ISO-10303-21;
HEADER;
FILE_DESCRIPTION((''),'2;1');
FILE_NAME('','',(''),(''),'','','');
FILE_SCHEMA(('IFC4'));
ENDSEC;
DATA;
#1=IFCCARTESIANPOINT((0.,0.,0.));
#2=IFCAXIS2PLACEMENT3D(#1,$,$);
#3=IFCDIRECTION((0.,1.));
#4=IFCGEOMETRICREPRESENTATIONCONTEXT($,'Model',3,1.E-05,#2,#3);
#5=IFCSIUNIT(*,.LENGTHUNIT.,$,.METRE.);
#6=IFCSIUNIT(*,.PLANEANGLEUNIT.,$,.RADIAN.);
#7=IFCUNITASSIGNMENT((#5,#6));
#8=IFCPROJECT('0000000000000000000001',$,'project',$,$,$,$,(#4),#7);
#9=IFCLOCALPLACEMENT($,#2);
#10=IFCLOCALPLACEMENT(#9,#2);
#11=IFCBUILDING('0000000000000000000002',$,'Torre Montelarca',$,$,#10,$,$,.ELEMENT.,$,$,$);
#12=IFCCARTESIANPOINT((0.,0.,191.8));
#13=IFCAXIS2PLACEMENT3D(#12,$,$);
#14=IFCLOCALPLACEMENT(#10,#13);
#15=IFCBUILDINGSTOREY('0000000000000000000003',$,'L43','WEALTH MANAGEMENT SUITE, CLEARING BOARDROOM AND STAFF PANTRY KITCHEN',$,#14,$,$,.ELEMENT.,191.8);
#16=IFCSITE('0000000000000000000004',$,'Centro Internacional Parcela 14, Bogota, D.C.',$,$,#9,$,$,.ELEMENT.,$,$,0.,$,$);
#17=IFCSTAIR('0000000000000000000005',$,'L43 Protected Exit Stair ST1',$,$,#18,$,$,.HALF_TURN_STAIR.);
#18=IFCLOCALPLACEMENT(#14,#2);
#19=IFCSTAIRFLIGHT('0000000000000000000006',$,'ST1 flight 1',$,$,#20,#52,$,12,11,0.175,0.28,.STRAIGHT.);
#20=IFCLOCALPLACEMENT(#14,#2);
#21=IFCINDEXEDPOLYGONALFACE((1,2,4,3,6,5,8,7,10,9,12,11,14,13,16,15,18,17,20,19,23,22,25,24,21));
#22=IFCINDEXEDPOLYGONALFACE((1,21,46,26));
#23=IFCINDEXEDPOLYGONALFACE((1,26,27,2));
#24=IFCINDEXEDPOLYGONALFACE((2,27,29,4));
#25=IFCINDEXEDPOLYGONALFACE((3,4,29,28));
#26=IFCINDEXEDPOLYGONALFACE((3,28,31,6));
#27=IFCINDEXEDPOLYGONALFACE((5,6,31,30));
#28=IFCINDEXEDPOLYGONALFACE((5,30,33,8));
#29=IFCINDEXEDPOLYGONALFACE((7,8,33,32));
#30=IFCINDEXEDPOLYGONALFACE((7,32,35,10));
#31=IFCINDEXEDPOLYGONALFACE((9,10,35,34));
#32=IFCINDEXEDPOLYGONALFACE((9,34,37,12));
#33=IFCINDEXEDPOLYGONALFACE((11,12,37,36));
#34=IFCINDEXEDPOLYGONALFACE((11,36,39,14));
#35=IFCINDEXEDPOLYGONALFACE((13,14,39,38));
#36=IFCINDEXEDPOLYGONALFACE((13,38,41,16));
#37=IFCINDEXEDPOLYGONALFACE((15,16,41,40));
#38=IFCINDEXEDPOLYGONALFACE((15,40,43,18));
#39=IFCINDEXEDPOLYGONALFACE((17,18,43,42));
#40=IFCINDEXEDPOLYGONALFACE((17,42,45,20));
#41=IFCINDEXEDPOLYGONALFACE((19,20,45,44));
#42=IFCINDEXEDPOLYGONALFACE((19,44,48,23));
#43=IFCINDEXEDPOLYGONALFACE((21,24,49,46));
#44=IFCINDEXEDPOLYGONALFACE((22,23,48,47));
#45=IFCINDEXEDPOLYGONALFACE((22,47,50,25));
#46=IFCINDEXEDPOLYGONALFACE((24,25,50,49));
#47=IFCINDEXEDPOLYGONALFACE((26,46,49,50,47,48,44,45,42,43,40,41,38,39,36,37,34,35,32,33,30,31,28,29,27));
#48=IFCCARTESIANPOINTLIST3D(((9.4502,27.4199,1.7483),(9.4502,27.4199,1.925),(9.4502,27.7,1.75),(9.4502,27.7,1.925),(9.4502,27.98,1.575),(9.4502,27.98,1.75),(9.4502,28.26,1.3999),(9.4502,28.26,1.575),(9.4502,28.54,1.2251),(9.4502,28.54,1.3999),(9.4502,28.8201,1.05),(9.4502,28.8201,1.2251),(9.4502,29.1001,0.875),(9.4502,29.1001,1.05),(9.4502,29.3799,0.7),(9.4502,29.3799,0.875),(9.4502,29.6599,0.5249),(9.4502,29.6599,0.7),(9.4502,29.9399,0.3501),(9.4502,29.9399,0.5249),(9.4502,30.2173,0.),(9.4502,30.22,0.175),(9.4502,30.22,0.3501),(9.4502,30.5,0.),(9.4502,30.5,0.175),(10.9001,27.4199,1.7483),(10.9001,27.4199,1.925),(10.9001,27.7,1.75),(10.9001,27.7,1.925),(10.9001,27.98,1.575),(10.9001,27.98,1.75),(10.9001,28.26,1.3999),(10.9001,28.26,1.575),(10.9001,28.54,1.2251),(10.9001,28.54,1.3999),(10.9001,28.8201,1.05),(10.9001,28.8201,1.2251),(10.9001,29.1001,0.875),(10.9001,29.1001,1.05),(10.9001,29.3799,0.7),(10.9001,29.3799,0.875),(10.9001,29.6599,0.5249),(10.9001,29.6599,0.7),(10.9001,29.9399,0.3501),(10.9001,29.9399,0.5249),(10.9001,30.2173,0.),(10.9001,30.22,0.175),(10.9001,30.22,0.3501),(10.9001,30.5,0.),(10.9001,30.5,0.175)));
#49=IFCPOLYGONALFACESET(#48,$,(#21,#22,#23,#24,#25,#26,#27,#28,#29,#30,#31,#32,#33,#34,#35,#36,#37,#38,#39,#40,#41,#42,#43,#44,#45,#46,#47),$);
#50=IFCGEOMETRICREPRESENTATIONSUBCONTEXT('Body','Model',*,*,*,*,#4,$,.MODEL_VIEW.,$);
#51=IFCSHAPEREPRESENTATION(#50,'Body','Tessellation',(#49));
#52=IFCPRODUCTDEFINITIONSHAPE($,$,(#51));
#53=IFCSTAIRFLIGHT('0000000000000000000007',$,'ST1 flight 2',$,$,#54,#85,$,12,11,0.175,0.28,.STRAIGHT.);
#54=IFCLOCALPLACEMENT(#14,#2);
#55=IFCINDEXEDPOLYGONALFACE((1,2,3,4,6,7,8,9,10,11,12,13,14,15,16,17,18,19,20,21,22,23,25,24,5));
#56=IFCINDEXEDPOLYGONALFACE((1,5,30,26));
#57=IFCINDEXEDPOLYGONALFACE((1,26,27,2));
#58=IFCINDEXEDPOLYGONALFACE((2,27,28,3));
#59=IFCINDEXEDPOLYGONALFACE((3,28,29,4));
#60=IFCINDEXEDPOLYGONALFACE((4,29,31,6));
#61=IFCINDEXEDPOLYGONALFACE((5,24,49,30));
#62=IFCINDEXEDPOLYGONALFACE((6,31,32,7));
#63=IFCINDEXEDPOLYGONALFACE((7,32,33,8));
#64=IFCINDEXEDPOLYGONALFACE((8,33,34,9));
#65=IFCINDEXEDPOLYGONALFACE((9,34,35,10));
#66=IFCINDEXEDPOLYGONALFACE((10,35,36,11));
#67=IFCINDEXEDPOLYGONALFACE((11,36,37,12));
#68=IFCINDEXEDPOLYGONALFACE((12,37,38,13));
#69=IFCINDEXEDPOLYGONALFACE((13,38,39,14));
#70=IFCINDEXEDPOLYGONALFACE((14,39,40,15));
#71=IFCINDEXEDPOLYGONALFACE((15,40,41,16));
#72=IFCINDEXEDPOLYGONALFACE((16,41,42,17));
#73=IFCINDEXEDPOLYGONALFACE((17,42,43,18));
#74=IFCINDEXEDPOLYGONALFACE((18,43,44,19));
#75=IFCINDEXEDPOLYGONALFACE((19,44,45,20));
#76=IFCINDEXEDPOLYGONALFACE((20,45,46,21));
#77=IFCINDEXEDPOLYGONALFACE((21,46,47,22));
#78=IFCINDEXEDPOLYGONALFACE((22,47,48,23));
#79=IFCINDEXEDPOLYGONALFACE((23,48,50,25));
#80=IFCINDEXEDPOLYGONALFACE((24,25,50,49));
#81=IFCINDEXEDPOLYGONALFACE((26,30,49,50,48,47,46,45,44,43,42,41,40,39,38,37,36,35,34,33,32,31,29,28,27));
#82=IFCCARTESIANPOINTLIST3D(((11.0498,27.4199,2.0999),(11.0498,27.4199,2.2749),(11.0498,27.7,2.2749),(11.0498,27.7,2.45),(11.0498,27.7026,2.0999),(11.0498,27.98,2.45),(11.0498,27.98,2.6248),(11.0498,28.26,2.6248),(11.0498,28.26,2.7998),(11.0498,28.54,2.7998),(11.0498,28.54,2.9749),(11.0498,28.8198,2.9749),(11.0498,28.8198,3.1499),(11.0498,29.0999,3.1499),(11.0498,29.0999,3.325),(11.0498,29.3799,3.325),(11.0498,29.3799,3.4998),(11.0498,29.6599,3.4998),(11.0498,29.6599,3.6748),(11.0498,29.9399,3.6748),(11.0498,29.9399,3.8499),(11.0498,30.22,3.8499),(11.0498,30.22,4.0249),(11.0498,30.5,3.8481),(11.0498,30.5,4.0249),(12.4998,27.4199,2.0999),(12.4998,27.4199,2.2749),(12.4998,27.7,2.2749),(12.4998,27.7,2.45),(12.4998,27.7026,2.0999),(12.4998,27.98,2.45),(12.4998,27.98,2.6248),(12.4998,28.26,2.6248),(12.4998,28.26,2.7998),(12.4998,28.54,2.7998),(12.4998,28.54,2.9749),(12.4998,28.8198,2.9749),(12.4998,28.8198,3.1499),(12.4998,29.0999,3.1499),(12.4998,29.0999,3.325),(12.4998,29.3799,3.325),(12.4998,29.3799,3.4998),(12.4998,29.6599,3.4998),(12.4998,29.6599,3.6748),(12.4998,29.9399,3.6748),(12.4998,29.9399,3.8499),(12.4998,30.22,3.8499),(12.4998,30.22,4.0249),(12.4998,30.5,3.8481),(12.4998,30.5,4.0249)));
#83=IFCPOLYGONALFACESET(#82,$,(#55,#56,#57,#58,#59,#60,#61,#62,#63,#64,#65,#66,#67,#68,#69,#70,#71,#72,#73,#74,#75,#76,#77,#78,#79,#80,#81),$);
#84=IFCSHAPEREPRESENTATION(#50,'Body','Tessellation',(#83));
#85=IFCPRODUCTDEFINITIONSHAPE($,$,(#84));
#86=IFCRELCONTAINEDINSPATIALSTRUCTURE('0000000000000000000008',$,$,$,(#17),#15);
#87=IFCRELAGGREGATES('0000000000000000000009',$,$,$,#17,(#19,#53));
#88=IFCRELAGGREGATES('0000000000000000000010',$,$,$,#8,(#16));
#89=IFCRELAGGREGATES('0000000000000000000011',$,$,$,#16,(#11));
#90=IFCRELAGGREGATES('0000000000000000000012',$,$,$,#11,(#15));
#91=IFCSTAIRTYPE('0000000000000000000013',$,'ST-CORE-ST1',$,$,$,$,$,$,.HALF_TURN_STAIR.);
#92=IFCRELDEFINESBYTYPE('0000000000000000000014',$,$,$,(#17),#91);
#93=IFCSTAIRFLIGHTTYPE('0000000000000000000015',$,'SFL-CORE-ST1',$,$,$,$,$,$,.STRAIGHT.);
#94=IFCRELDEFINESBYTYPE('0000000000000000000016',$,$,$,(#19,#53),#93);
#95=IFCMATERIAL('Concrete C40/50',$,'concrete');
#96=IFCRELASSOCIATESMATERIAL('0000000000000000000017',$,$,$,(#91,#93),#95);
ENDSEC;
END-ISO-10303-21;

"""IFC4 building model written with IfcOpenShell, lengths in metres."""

from ifc_helpers import new_model, si_unit, direction, frame, origin, place, context, subcontext, project, spatial, polyline, outline, extrude, material, type_object, element, aggregate, save


model = new_model("IFC4")

# Units and contexts
model_context = context("Model", 3, precision=1e-05, world=origin(), true_north=direction((0.0, 1.0)))
body_context = subcontext(model_context, "Body", "Model", "MODEL_VIEW")
ifc_project = project(units=[si_unit("LENGTHUNIT", "METRE"), si_unit("PLANEANGLEUNIT", "RADIAN")], contexts=[model_context])

# Site, building, storey
site_placement = place(None, origin())
site = spatial("IfcSite", under=ifc_project, at=site_placement, Name="Centro Internacional Parcela 14, Bogota, D.C.", CompositionType="ELEMENT", RefElevation=0.0)
building_placement = place(site_placement, origin())
building = spatial("IfcBuilding", under=site, at=building_placement, Name="Torre Montelarca", CompositionType="ELEMENT")
storey_placement = place(building_placement, frame((0.0, 0.0, 191.8)))
storey = spatial("IfcBuildingStorey", under=building, at=storey_placement, Name="L43", Description="WEALTH MANAGEMENT SUITE, CLEARING BOARDROOM AND STAFF PANTRY KITCHEN", CompositionType="ELEMENT", Elevation=191.8)

# Shared definitions
ifc_material_1 = material(Name="Concrete C40/50", Category="concrete")

# Stair, stair flights
stair_type = type_object("IfcStairType", Name="ST-CORE-ST1", PredefinedType="HALF_TURN_STAIR", material=ifc_material_1)
stair_placement = place(storey_placement, origin())
stair = element("IfcStair", 1, at=stair_placement, inside=storey, type_object=stair_type, Name="L43 Protected Exit Stair ST1", PredefinedType="HALF_TURN_STAIR")
stair_flight_type = type_object("IfcStairFlightType", Name="SFL-CORE-ST1", PredefinedType="STRAIGHT", material=ifc_material_1)
stair_flight_1_placement = place(storey_placement, frame((10.175, 30.5, 0.0), z_axis=(0.0, 0.0, 1.0), x_axis=(0.0, -1.0, 0.0)))
stair_flight_1 = element("IfcStairFlight", 2, at=stair_flight_1_placement, type_object=stair_flight_type, Name="ST1 flight 1", NumberOfRisers=12, NumberOfTreads=11, PredefinedType="STRAIGHT", RiserHeight=0.175, TreadLength=0.28, context=body_context, shape_type="SweptSolid", body=[
    extrude(outline(polyline([(0.0, 0.0), (0.0, 0.175), (0.28, 0.175), (0.28, 0.3501), (0.5601, 0.3501), (0.5601, 0.5249), (0.8401, 0.5249), (0.8401, 0.7), (1.1201, 0.7), (1.1201, 0.875), (1.3999, 0.875), (1.3999, 1.05), (1.6799, 1.05), (1.6799, 1.2251), (1.96, 1.2251), (1.96, 1.3999), (2.24, 1.3999), (2.24, 1.575), (2.52, 1.575), (2.52, 1.75), (2.8, 1.75), (2.8, 1.925), (3.0801, 1.925), (3.0801, 2.1001), (3.0801, 1.7483), (0.2827, 0.0), (0.0, 0.0)])), frame((0.0, 0.7251, 0.0), z_axis=(0.0, -1.0, 0.0), x_axis=(1.0, 0.0, 0.0)), (0.0, 0.0, 1.0), 1.45),
])
stair_flight_2_placement = place(storey_placement, frame((11.7749, 27.4199, 2.0999), z_axis=(0.0, 0.0, 1.0), x_axis=(0.0, 1.0, 0.0)))
stair_flight_2 = element("IfcStairFlight", 3, at=stair_flight_2_placement, type_object=stair_flight_type, Name="ST1 flight 2", NumberOfRisers=12, NumberOfTreads=11, PredefinedType="STRAIGHT", RiserHeight=0.175, TreadLength=0.28, context=body_context, shape_type="SweptSolid", body=[
    extrude(outline(polyline([(0.0, 0.0), (0.0, 0.175), (0.28, 0.175), (0.28, 0.3501), (0.5601, 0.3501), (0.5601, 0.5249), (0.8401, 0.5249), (0.8401, 0.7), (1.1201, 0.7), (1.1201, 0.875), (1.3999, 0.875), (1.3999, 1.05), (1.6799, 1.05), (1.6799, 1.2251), (1.96, 1.2251), (1.96, 1.3999), (2.24, 1.3999), (2.24, 1.575), (2.52, 1.575), (2.52, 1.75), (2.8, 1.75), (2.8, 1.925), (3.0801, 1.925), (3.0801, 2.1001), (3.0801, 1.7483), (0.2827, 0.0), (0.0, 0.0)])), frame((0.0, 0.7251, 0.0), z_axis=(0.0, -1.0, 0.0), x_axis=(1.0, 0.0, 0.0)), (0.0, 0.0, 1.0), 1.45),
])
aggregate(stair, [stair_flight_1, stair_flight_2])

save(model, "model.ifc")
